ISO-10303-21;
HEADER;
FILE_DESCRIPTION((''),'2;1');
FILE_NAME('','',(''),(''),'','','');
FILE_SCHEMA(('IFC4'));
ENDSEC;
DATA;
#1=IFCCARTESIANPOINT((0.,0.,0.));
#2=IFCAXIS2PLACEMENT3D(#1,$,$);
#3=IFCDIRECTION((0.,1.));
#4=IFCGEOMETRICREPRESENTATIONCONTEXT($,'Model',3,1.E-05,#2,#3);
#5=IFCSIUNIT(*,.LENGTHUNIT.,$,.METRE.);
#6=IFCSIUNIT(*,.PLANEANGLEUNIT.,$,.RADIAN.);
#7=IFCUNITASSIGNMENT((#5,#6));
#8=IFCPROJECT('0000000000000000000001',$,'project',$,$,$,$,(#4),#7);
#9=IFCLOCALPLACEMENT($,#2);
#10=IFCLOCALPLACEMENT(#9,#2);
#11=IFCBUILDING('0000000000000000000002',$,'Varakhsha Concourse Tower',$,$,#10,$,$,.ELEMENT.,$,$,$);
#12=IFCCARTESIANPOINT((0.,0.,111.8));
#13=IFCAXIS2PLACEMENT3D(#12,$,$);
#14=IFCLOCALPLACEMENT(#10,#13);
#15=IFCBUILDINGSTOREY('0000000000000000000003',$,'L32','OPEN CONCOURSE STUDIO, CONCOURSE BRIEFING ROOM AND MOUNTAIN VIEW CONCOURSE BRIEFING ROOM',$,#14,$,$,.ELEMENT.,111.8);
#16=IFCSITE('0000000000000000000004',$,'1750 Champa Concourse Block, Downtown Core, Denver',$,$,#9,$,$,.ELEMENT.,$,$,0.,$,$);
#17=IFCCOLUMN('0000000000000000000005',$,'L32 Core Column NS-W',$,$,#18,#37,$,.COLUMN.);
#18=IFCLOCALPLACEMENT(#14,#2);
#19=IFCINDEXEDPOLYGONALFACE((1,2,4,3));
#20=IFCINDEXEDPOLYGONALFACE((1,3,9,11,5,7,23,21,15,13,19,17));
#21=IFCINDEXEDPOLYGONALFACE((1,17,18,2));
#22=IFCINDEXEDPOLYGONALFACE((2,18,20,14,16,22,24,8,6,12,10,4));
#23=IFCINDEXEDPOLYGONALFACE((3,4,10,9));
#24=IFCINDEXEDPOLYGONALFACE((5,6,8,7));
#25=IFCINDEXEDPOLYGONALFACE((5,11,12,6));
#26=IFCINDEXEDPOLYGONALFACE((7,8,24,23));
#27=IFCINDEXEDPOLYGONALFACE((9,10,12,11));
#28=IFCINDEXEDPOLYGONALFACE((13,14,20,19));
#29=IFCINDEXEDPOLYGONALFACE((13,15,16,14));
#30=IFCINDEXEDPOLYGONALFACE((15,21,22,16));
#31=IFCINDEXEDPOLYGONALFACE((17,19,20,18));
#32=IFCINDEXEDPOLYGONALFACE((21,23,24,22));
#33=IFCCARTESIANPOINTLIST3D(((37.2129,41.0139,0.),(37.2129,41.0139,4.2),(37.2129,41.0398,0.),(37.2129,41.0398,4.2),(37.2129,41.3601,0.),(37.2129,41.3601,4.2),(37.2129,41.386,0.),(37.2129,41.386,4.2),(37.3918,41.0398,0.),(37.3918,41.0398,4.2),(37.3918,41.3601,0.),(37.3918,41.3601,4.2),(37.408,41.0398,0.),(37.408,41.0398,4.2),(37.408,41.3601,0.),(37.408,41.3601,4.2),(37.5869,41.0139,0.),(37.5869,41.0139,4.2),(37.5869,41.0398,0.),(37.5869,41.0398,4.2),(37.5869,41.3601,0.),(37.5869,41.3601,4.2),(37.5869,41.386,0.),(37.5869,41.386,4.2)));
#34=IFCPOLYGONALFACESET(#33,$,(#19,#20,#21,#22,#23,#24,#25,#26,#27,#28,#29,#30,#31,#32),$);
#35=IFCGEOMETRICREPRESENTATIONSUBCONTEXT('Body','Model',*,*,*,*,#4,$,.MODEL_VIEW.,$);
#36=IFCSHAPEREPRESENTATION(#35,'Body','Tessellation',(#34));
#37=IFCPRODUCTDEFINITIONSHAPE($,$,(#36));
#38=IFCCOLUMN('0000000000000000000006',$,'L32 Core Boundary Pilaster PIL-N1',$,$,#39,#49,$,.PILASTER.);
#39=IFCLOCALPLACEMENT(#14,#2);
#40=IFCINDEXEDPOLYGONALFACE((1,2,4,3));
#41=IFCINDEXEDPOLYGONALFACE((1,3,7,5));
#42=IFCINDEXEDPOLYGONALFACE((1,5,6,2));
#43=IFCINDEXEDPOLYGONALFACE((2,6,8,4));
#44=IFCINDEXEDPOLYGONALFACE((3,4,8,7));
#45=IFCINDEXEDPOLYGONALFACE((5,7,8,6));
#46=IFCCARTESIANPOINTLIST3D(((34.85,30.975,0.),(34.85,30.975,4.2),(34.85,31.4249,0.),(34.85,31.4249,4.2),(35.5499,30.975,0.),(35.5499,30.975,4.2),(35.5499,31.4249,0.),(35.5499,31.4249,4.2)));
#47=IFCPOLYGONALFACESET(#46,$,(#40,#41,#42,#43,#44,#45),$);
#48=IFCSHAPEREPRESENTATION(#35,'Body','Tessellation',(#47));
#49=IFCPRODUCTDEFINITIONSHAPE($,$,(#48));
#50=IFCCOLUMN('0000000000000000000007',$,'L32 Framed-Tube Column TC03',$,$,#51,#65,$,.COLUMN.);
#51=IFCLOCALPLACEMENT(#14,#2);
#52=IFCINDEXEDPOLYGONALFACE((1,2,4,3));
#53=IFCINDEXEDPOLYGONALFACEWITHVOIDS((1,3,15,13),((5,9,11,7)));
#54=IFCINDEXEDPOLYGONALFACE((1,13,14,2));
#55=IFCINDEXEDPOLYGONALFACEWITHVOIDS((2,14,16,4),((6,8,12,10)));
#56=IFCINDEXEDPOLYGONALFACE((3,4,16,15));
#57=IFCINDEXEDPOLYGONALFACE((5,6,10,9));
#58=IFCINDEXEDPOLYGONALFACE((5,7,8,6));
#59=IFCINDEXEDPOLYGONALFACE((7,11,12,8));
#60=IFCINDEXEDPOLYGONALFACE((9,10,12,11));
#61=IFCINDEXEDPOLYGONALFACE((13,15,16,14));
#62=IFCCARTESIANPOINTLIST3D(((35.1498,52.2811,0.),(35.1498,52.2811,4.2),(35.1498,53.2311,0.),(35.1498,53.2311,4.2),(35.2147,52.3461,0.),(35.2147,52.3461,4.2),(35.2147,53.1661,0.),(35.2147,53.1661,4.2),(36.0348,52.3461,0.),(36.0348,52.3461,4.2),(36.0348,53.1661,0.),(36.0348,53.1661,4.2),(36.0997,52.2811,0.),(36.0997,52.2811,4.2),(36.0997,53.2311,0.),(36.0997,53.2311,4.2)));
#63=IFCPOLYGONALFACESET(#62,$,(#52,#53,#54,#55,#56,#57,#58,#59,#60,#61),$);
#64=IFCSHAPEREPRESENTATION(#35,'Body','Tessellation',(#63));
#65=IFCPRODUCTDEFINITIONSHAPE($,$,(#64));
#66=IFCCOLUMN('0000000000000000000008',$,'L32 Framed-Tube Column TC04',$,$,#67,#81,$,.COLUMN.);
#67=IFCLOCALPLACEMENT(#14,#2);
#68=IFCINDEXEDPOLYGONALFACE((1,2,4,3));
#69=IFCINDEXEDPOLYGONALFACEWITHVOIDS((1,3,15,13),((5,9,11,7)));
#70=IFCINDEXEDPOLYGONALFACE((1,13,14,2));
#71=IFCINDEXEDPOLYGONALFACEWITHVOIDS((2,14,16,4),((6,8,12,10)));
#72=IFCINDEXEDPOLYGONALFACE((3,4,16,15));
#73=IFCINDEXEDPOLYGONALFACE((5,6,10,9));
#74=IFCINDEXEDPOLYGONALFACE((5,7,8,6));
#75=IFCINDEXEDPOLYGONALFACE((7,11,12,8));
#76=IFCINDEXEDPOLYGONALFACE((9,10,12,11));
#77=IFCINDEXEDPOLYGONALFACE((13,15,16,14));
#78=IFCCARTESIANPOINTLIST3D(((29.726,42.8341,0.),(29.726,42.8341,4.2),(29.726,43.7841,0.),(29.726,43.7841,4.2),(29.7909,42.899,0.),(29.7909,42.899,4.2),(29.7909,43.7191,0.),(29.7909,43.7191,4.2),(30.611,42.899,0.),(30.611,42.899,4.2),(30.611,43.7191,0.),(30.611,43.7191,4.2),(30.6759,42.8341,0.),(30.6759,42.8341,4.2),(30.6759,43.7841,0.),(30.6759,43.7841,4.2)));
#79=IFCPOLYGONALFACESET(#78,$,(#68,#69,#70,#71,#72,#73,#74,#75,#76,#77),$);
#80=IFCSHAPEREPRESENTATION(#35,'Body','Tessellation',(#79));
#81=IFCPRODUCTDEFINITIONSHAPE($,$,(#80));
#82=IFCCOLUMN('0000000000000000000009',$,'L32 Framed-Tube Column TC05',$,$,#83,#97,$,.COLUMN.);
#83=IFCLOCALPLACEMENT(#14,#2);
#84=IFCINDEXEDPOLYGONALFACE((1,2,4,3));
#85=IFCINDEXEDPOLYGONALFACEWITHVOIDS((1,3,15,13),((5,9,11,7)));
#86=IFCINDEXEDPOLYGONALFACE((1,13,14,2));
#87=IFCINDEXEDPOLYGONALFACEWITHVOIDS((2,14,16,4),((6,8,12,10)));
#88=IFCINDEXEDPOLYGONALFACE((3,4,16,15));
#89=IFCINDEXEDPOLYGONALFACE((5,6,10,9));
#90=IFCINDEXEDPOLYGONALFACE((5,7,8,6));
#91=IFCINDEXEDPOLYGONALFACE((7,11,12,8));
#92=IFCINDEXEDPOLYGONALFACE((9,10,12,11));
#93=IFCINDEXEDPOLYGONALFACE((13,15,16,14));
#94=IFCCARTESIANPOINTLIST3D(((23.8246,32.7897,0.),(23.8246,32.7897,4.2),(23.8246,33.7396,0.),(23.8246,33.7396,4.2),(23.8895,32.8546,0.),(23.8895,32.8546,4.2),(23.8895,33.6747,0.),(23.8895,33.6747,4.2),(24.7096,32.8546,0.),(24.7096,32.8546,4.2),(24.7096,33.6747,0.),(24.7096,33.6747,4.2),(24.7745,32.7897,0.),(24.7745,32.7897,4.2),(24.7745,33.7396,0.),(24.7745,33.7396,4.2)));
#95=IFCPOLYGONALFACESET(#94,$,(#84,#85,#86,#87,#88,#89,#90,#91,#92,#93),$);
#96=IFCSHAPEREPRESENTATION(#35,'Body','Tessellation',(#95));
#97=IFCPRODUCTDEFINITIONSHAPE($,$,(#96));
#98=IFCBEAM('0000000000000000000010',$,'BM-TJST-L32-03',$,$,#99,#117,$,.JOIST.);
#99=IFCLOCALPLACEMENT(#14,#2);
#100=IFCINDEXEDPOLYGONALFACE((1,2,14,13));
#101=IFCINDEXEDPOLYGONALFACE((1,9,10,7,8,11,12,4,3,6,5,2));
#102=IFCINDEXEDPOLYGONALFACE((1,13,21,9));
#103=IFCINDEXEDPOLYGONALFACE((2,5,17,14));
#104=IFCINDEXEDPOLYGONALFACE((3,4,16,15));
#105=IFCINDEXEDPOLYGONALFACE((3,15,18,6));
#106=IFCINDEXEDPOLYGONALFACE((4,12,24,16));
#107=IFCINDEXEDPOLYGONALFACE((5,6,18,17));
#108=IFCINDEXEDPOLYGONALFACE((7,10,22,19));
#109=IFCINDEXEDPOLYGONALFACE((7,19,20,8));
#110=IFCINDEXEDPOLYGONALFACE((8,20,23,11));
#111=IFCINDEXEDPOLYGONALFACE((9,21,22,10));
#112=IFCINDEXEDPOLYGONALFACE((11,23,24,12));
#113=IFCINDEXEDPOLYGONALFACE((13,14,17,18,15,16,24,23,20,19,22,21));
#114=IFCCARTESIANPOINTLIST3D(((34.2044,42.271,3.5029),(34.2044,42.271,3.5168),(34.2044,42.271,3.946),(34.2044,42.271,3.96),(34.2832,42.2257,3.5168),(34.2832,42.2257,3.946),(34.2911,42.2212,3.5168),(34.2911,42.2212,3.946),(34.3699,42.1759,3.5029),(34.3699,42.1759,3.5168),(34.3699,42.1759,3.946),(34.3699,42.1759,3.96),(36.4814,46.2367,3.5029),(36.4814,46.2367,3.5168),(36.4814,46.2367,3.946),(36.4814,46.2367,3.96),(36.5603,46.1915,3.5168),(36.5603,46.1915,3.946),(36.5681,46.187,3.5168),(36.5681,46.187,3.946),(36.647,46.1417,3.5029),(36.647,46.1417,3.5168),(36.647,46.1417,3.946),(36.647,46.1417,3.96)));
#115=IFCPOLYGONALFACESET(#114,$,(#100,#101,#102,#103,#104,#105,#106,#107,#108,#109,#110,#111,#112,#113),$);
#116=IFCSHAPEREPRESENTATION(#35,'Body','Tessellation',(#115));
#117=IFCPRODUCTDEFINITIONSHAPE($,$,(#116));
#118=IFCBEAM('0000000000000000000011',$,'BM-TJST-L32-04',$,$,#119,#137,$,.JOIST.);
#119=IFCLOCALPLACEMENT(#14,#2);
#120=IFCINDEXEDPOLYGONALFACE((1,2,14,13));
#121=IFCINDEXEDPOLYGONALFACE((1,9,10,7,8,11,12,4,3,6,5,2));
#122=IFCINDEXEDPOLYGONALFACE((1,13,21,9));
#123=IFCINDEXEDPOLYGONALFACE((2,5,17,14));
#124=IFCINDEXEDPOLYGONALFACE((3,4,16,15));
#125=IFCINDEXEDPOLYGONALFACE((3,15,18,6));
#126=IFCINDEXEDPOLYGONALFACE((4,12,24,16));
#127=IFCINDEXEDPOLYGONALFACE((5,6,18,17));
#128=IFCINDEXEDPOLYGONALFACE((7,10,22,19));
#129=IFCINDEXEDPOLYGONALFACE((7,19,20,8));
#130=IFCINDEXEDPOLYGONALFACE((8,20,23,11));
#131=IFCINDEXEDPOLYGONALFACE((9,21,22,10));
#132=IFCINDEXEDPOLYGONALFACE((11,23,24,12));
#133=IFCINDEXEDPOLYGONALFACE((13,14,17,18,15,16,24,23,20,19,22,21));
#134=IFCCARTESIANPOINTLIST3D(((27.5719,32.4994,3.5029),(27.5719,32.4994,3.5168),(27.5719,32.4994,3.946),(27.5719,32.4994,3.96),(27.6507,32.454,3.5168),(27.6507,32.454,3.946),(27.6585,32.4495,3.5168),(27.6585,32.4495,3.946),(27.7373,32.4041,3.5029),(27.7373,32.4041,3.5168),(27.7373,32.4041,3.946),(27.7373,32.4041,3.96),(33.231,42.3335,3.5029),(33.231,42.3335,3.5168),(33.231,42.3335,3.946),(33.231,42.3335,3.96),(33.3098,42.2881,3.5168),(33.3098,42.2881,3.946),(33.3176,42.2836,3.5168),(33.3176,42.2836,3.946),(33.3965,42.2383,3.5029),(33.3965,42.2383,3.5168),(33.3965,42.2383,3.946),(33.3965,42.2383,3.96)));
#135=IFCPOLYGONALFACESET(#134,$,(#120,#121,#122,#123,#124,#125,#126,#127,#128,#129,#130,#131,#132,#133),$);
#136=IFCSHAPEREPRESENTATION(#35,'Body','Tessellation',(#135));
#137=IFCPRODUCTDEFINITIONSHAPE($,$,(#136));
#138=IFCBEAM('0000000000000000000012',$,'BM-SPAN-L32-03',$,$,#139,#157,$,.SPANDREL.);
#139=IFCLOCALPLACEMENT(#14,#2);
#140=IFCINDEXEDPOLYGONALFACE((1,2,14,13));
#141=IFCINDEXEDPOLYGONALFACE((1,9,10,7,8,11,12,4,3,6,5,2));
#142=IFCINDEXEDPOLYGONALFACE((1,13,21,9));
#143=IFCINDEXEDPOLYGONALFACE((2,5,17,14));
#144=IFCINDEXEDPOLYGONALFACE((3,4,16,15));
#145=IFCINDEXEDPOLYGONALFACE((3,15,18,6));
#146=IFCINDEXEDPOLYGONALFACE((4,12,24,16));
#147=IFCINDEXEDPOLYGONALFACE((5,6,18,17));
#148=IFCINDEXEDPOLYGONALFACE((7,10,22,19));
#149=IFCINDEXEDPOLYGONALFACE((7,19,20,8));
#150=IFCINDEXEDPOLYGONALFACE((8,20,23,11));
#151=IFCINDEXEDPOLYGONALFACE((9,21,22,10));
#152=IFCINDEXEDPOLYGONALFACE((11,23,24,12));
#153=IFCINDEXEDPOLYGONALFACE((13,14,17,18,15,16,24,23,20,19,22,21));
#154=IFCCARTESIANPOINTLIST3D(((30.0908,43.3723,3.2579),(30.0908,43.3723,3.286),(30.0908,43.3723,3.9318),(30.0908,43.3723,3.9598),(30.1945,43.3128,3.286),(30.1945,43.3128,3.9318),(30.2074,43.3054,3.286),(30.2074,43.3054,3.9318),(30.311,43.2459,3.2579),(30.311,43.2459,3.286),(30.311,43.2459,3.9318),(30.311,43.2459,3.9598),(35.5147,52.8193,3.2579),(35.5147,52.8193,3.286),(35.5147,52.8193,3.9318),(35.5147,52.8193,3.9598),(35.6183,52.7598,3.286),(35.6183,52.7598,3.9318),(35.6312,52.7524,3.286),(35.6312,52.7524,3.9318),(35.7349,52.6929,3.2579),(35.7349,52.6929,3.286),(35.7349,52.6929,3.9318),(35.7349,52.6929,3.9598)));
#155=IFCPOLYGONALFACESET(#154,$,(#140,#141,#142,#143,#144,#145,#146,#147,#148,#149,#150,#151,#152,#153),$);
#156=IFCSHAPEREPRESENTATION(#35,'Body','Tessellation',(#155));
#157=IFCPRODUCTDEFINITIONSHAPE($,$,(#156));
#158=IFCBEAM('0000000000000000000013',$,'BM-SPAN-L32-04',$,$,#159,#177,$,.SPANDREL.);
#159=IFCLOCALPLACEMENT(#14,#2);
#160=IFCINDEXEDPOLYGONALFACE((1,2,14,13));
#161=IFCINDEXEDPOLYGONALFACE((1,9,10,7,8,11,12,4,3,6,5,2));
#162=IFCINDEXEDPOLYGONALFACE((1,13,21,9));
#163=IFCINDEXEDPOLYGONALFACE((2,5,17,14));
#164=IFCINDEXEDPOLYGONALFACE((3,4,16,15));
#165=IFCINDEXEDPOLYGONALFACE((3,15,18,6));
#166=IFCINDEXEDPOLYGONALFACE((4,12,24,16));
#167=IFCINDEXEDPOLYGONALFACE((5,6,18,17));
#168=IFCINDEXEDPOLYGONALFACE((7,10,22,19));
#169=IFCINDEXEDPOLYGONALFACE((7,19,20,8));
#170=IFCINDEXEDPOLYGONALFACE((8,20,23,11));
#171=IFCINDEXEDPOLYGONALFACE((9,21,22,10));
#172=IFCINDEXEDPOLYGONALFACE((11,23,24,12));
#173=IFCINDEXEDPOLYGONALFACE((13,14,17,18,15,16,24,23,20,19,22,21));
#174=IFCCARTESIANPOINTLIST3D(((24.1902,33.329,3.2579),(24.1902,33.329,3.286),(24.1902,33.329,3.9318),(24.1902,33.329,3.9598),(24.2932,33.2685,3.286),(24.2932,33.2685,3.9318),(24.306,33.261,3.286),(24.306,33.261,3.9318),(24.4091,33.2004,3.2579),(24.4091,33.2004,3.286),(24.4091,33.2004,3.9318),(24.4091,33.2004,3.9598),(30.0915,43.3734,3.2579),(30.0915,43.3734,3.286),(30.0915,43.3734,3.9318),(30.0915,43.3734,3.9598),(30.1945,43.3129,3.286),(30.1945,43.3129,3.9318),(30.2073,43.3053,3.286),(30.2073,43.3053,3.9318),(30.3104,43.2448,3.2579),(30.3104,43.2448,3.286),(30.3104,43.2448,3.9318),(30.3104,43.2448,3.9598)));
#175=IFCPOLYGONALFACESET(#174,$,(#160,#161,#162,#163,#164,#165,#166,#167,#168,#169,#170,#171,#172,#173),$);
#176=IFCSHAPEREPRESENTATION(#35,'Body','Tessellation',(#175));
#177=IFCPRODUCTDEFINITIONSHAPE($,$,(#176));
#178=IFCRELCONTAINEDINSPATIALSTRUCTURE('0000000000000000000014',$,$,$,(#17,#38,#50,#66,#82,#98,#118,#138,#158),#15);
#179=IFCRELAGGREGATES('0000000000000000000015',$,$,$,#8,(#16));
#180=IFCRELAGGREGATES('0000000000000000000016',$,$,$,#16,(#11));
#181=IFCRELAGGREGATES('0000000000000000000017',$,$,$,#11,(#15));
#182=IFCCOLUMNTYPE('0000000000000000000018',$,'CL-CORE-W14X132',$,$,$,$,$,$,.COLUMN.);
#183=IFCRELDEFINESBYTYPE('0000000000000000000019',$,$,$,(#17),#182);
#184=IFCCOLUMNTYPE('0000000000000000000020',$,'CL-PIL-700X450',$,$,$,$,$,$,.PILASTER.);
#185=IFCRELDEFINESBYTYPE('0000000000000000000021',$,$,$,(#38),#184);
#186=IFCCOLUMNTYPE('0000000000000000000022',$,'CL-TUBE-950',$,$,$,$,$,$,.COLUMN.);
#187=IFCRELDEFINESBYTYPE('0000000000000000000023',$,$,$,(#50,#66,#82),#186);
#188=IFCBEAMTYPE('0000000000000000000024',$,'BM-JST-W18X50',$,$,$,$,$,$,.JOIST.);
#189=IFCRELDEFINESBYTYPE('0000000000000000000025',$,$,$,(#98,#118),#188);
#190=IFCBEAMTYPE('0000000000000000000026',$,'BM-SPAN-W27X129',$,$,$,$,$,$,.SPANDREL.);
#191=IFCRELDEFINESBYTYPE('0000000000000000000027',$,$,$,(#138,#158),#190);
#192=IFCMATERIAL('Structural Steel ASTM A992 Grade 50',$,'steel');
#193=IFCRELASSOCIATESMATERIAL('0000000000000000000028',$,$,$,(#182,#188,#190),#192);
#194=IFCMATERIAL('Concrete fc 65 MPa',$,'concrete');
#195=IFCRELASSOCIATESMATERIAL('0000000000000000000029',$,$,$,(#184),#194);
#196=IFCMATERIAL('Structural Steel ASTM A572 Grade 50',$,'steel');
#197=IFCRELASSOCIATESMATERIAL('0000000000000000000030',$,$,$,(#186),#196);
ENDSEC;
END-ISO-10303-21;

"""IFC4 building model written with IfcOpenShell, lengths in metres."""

from ifc_helpers import new_model, si_unit, direction, frame, origin, origin_2d, place, context, subcontext, project, spatial, rectangle, hollow_rectangle, i_section, extrude, material, material_profile, profile_set, type_object, element, save


model = new_model("IFC4")

# Units and contexts
model_context = context("Model", 3, precision=1e-05, world=origin(), true_north=direction((0.0, 1.0)))
body_context = subcontext(model_context, "Body", "Model", "MODEL_VIEW")
ifc_project = project(units=[si_unit("LENGTHUNIT", "METRE"), si_unit("PLANEANGLEUNIT", "RADIAN")], contexts=[model_context])

# Site, building, storey
site_placement = place(None, origin())
site = spatial("IfcSite", under=ifc_project, at=site_placement, Name="1750 Champa Concourse Block, Downtown Core, Denver", CompositionType="ELEMENT", RefElevation=0.0)
building_placement = place(site_placement, origin())
building = spatial("IfcBuilding", under=site, at=building_placement, Name="Varakhsha Concourse Tower", CompositionType="ELEMENT")
storey_placement = place(building_placement, frame((0.0, 0.0, 111.8)))
storey = spatial("IfcBuildingStorey", under=building, at=storey_placement, Name="L32", Description="OPEN CONCOURSE STUDIO, CONCOURSE BRIEFING ROOM AND MOUNTAIN VIEW CONCOURSE BRIEFING ROOM", CompositionType="ELEMENT", Elevation=111.8)

# Columns
ifc_material_1 = material(Name="Structural Steel ASTM A992 Grade 50", Category="steel")
ifc_material_profile_1 = material_profile(ifc_material_1, i_section(OverallWidth=0.374, OverallDepth=0.3721, WebThickness=0.0161, FlangeThickness=0.0259, at=origin_2d()), Name="W14X132")
ifc_profile_set_1 = profile_set([ifc_material_profile_1], Name="Structural Steel ASTM A992 Grade 50")
column_type_1 = type_object("IfcColumnType", Name="CL-CORE-W14X132", PredefinedType="COLUMN", material=ifc_profile_set_1)
column_1_placement = place(storey_placement, frame((37.3999, 41.2, 0.0), z_axis=(0.0, 0.0, 1.0), x_axis=(1.0, 0.0, 0.0)))
element("IfcColumn", 1, at=column_1_placement, inside=storey, type_object=column_type_1, Name="L32 Core Column NS-W", PredefinedType="COLUMN", context=body_context, shape_type="SweptSolid", body=[
    extrude(i_section(OverallWidth=0.374, OverallDepth=0.3721, WebThickness=0.0161, FlangeThickness=0.0259, at=origin_2d()), origin(), (0.0, 0.0, 1.0), 4.2),
])
ifc_material_2 = material(Name="Concrete fc 65 MPa", Category="concrete")
ifc_material_profile_2 = material_profile(ifc_material_2, rectangle(XDim=0.7, YDim=0.45, at=origin_2d()), Name="RC 700x450")
ifc_profile_set_2 = profile_set([ifc_material_profile_2], Name="Concrete fc 65 MPa")
column_type_2 = type_object("IfcColumnType", Name="CL-PIL-700X450", PredefinedType="PILASTER", material=ifc_profile_set_2)
column_2_placement = place(storey_placement, frame((35.2, 31.2, 0.0), z_axis=(0.0, 0.0, 1.0), x_axis=(1.0, 0.0, 0.0)))
element("IfcColumn", 2, at=column_2_placement, inside=storey, type_object=column_type_2, Name="L32 Core Boundary Pilaster PIL-N1", PredefinedType="PILASTER", context=body_context, shape_type="SweptSolid", body=[
    extrude(rectangle(XDim=0.7, YDim=0.45, at=origin_2d()), origin(), (0.0, 0.0, 1.0), 4.2),
])
ifc_material_3 = material(Name="Structural Steel ASTM A572 Grade 50", Category="steel")
ifc_material_profile_3 = material_profile(ifc_material_3, hollow_rectangle(XDim=0.95, YDim=0.95, WallThickness=0.0649, at=origin_2d()), Name="BOX 950x950x65")
ifc_profile_set_3 = profile_set([ifc_material_profile_3], Name="Structural Steel ASTM A572 Grade 50")
column_type_3 = type_object("IfcColumnType", Name="CL-TUBE-950", PredefinedType="COLUMN", material=ifc_profile_set_3)
for number, where, z_axis, x_axis, name in (
    (3, (35.6248, 52.7561, 0.0), (0.0, 0.0, 1.0), (1.0, 0.0, 0.0), "L32 Framed-Tube Column TC03"),
    (4, (30.2009, 43.3091, 0.0), (0.0, 0.0, 1.0), (1.0, 0.0, 0.0), "L32 Framed-Tube Column TC04"),
    (5, (24.2996, 33.2646, 0.0), (0.0, 0.0, 1.0), (1.0, 0.0, 0.0), "L32 Framed-Tube Column TC05"),
):
    element("IfcColumn", number, at=place(storey_placement, frame(where, z_axis=z_axis, x_axis=x_axis)), inside=storey, type_object=column_type_3, Name=name, PredefinedType="COLUMN", context=body_context, shape_type="SweptSolid", body=[
        extrude(hollow_rectangle(XDim=0.95, YDim=0.95, WallThickness=0.0649, at=origin_2d()), origin(), (0.0, 0.0, 1.0), 4.2),
    ])

# Beams
ifc_material_profile_4 = material_profile(ifc_material_1, i_section(OverallWidth=0.1909, OverallDepth=0.457, WebThickness=0.009, FlangeThickness=0.0139, at=origin_2d()), Name="W18X50")
ifc_profile_set_4 = profile_set([ifc_material_profile_4], Name="Structural Steel ASTM A992 Grade 50")
beam_type_1 = type_object("IfcBeamType", Name="BM-JST-W18X50", PredefinedType="JOIST", material=ifc_profile_set_4)
beam_1_placement = place(storey_placement, frame((36.5642, 46.1892, 3.7314), z_axis=(-0.497937, -0.867213, 0.0), x_axis=(0.867213, -0.497937, 0.0)))
element("IfcBeam", 6, at=beam_1_placement, inside=storey, type_object=beam_type_1, Name="BM-TJST-L32-03", PredefinedType="JOIST", context=body_context, shape_type="SweptSolid", body=[
    extrude(i_section(OverallWidth=0.1909, OverallDepth=0.457, WebThickness=0.009, FlangeThickness=0.0139, at=origin_2d()), origin(), (0.0, 0.0, 1.0), 4.573),
])
beam_2_placement = place(storey_placement, frame((33.3137, 42.2859, 3.7314), z_axis=(-0.498769, -0.866735, 0.0), x_axis=(0.866735, -0.498769, 0.0)))
element("IfcBeam", 7, at=beam_2_placement, inside=storey, type_object=beam_type_1, Name="BM-TJST-L32-04", PredefinedType="JOIST", context=body_context, shape_type="SweptSolid", body=[
    extrude(i_section(OverallWidth=0.1909, OverallDepth=0.457, WebThickness=0.009, FlangeThickness=0.0139, at=origin_2d()), origin(), (0.0, 0.0, 1.0), 11.3462),
])
ifc_material_profile_5 = material_profile(ifc_material_1, i_section(OverallWidth=0.2539, OverallDepth=0.7019, WebThickness=0.0149, FlangeThickness=0.0281, at=origin_2d()), Name="W27X129")
ifc_profile_set_5 = profile_set([ifc_material_profile_5], Name="Structural Steel ASTM A992 Grade 50")
beam_type_2 = type_object("IfcBeamType", Name="BM-SPAN-W27X129", PredefinedType="SPANDREL", material=ifc_profile_set_5)
beam_3_placement = place(storey_placement, frame((35.6248, 52.7561, 3.6089), z_axis=(-0.497905, -0.867232, 0.0), x_axis=(0.867232, -0.497905, 0.0)))
element("IfcBeam", 8, at=beam_3_placement, inside=storey, type_object=beam_type_2, Name="BM-SPAN-L32-03", PredefinedType="SPANDREL", context=body_context, shape_type="SweptSolid", body=[
    extrude(i_section(OverallWidth=0.2539, OverallDepth=0.7019, WebThickness=0.0149, FlangeThickness=0.0281, at=origin_2d()), origin(), (0.0, 0.0, 1.0), 10.8933),
])
beam_4_placement = place(storey_placement, frame((30.2009, 43.3091, 3.6089), z_axis=(-0.506566, -0.862201, 0.0), x_axis=(0.862201, -0.506566, 0.0)))
element("IfcBeam", 9, at=beam_4_placement, inside=storey, type_object=beam_type_2, Name="BM-SPAN-L32-04", PredefinedType="SPANDREL", context=body_context, shape_type="SweptSolid", body=[
    extrude(i_section(OverallWidth=0.2539, OverallDepth=0.7019, WebThickness=0.0149, FlangeThickness=0.0281, at=origin_2d()), origin(), (0.0, 0.0, 1.0), 11.6497),
])

save(model, "model.ifc")
